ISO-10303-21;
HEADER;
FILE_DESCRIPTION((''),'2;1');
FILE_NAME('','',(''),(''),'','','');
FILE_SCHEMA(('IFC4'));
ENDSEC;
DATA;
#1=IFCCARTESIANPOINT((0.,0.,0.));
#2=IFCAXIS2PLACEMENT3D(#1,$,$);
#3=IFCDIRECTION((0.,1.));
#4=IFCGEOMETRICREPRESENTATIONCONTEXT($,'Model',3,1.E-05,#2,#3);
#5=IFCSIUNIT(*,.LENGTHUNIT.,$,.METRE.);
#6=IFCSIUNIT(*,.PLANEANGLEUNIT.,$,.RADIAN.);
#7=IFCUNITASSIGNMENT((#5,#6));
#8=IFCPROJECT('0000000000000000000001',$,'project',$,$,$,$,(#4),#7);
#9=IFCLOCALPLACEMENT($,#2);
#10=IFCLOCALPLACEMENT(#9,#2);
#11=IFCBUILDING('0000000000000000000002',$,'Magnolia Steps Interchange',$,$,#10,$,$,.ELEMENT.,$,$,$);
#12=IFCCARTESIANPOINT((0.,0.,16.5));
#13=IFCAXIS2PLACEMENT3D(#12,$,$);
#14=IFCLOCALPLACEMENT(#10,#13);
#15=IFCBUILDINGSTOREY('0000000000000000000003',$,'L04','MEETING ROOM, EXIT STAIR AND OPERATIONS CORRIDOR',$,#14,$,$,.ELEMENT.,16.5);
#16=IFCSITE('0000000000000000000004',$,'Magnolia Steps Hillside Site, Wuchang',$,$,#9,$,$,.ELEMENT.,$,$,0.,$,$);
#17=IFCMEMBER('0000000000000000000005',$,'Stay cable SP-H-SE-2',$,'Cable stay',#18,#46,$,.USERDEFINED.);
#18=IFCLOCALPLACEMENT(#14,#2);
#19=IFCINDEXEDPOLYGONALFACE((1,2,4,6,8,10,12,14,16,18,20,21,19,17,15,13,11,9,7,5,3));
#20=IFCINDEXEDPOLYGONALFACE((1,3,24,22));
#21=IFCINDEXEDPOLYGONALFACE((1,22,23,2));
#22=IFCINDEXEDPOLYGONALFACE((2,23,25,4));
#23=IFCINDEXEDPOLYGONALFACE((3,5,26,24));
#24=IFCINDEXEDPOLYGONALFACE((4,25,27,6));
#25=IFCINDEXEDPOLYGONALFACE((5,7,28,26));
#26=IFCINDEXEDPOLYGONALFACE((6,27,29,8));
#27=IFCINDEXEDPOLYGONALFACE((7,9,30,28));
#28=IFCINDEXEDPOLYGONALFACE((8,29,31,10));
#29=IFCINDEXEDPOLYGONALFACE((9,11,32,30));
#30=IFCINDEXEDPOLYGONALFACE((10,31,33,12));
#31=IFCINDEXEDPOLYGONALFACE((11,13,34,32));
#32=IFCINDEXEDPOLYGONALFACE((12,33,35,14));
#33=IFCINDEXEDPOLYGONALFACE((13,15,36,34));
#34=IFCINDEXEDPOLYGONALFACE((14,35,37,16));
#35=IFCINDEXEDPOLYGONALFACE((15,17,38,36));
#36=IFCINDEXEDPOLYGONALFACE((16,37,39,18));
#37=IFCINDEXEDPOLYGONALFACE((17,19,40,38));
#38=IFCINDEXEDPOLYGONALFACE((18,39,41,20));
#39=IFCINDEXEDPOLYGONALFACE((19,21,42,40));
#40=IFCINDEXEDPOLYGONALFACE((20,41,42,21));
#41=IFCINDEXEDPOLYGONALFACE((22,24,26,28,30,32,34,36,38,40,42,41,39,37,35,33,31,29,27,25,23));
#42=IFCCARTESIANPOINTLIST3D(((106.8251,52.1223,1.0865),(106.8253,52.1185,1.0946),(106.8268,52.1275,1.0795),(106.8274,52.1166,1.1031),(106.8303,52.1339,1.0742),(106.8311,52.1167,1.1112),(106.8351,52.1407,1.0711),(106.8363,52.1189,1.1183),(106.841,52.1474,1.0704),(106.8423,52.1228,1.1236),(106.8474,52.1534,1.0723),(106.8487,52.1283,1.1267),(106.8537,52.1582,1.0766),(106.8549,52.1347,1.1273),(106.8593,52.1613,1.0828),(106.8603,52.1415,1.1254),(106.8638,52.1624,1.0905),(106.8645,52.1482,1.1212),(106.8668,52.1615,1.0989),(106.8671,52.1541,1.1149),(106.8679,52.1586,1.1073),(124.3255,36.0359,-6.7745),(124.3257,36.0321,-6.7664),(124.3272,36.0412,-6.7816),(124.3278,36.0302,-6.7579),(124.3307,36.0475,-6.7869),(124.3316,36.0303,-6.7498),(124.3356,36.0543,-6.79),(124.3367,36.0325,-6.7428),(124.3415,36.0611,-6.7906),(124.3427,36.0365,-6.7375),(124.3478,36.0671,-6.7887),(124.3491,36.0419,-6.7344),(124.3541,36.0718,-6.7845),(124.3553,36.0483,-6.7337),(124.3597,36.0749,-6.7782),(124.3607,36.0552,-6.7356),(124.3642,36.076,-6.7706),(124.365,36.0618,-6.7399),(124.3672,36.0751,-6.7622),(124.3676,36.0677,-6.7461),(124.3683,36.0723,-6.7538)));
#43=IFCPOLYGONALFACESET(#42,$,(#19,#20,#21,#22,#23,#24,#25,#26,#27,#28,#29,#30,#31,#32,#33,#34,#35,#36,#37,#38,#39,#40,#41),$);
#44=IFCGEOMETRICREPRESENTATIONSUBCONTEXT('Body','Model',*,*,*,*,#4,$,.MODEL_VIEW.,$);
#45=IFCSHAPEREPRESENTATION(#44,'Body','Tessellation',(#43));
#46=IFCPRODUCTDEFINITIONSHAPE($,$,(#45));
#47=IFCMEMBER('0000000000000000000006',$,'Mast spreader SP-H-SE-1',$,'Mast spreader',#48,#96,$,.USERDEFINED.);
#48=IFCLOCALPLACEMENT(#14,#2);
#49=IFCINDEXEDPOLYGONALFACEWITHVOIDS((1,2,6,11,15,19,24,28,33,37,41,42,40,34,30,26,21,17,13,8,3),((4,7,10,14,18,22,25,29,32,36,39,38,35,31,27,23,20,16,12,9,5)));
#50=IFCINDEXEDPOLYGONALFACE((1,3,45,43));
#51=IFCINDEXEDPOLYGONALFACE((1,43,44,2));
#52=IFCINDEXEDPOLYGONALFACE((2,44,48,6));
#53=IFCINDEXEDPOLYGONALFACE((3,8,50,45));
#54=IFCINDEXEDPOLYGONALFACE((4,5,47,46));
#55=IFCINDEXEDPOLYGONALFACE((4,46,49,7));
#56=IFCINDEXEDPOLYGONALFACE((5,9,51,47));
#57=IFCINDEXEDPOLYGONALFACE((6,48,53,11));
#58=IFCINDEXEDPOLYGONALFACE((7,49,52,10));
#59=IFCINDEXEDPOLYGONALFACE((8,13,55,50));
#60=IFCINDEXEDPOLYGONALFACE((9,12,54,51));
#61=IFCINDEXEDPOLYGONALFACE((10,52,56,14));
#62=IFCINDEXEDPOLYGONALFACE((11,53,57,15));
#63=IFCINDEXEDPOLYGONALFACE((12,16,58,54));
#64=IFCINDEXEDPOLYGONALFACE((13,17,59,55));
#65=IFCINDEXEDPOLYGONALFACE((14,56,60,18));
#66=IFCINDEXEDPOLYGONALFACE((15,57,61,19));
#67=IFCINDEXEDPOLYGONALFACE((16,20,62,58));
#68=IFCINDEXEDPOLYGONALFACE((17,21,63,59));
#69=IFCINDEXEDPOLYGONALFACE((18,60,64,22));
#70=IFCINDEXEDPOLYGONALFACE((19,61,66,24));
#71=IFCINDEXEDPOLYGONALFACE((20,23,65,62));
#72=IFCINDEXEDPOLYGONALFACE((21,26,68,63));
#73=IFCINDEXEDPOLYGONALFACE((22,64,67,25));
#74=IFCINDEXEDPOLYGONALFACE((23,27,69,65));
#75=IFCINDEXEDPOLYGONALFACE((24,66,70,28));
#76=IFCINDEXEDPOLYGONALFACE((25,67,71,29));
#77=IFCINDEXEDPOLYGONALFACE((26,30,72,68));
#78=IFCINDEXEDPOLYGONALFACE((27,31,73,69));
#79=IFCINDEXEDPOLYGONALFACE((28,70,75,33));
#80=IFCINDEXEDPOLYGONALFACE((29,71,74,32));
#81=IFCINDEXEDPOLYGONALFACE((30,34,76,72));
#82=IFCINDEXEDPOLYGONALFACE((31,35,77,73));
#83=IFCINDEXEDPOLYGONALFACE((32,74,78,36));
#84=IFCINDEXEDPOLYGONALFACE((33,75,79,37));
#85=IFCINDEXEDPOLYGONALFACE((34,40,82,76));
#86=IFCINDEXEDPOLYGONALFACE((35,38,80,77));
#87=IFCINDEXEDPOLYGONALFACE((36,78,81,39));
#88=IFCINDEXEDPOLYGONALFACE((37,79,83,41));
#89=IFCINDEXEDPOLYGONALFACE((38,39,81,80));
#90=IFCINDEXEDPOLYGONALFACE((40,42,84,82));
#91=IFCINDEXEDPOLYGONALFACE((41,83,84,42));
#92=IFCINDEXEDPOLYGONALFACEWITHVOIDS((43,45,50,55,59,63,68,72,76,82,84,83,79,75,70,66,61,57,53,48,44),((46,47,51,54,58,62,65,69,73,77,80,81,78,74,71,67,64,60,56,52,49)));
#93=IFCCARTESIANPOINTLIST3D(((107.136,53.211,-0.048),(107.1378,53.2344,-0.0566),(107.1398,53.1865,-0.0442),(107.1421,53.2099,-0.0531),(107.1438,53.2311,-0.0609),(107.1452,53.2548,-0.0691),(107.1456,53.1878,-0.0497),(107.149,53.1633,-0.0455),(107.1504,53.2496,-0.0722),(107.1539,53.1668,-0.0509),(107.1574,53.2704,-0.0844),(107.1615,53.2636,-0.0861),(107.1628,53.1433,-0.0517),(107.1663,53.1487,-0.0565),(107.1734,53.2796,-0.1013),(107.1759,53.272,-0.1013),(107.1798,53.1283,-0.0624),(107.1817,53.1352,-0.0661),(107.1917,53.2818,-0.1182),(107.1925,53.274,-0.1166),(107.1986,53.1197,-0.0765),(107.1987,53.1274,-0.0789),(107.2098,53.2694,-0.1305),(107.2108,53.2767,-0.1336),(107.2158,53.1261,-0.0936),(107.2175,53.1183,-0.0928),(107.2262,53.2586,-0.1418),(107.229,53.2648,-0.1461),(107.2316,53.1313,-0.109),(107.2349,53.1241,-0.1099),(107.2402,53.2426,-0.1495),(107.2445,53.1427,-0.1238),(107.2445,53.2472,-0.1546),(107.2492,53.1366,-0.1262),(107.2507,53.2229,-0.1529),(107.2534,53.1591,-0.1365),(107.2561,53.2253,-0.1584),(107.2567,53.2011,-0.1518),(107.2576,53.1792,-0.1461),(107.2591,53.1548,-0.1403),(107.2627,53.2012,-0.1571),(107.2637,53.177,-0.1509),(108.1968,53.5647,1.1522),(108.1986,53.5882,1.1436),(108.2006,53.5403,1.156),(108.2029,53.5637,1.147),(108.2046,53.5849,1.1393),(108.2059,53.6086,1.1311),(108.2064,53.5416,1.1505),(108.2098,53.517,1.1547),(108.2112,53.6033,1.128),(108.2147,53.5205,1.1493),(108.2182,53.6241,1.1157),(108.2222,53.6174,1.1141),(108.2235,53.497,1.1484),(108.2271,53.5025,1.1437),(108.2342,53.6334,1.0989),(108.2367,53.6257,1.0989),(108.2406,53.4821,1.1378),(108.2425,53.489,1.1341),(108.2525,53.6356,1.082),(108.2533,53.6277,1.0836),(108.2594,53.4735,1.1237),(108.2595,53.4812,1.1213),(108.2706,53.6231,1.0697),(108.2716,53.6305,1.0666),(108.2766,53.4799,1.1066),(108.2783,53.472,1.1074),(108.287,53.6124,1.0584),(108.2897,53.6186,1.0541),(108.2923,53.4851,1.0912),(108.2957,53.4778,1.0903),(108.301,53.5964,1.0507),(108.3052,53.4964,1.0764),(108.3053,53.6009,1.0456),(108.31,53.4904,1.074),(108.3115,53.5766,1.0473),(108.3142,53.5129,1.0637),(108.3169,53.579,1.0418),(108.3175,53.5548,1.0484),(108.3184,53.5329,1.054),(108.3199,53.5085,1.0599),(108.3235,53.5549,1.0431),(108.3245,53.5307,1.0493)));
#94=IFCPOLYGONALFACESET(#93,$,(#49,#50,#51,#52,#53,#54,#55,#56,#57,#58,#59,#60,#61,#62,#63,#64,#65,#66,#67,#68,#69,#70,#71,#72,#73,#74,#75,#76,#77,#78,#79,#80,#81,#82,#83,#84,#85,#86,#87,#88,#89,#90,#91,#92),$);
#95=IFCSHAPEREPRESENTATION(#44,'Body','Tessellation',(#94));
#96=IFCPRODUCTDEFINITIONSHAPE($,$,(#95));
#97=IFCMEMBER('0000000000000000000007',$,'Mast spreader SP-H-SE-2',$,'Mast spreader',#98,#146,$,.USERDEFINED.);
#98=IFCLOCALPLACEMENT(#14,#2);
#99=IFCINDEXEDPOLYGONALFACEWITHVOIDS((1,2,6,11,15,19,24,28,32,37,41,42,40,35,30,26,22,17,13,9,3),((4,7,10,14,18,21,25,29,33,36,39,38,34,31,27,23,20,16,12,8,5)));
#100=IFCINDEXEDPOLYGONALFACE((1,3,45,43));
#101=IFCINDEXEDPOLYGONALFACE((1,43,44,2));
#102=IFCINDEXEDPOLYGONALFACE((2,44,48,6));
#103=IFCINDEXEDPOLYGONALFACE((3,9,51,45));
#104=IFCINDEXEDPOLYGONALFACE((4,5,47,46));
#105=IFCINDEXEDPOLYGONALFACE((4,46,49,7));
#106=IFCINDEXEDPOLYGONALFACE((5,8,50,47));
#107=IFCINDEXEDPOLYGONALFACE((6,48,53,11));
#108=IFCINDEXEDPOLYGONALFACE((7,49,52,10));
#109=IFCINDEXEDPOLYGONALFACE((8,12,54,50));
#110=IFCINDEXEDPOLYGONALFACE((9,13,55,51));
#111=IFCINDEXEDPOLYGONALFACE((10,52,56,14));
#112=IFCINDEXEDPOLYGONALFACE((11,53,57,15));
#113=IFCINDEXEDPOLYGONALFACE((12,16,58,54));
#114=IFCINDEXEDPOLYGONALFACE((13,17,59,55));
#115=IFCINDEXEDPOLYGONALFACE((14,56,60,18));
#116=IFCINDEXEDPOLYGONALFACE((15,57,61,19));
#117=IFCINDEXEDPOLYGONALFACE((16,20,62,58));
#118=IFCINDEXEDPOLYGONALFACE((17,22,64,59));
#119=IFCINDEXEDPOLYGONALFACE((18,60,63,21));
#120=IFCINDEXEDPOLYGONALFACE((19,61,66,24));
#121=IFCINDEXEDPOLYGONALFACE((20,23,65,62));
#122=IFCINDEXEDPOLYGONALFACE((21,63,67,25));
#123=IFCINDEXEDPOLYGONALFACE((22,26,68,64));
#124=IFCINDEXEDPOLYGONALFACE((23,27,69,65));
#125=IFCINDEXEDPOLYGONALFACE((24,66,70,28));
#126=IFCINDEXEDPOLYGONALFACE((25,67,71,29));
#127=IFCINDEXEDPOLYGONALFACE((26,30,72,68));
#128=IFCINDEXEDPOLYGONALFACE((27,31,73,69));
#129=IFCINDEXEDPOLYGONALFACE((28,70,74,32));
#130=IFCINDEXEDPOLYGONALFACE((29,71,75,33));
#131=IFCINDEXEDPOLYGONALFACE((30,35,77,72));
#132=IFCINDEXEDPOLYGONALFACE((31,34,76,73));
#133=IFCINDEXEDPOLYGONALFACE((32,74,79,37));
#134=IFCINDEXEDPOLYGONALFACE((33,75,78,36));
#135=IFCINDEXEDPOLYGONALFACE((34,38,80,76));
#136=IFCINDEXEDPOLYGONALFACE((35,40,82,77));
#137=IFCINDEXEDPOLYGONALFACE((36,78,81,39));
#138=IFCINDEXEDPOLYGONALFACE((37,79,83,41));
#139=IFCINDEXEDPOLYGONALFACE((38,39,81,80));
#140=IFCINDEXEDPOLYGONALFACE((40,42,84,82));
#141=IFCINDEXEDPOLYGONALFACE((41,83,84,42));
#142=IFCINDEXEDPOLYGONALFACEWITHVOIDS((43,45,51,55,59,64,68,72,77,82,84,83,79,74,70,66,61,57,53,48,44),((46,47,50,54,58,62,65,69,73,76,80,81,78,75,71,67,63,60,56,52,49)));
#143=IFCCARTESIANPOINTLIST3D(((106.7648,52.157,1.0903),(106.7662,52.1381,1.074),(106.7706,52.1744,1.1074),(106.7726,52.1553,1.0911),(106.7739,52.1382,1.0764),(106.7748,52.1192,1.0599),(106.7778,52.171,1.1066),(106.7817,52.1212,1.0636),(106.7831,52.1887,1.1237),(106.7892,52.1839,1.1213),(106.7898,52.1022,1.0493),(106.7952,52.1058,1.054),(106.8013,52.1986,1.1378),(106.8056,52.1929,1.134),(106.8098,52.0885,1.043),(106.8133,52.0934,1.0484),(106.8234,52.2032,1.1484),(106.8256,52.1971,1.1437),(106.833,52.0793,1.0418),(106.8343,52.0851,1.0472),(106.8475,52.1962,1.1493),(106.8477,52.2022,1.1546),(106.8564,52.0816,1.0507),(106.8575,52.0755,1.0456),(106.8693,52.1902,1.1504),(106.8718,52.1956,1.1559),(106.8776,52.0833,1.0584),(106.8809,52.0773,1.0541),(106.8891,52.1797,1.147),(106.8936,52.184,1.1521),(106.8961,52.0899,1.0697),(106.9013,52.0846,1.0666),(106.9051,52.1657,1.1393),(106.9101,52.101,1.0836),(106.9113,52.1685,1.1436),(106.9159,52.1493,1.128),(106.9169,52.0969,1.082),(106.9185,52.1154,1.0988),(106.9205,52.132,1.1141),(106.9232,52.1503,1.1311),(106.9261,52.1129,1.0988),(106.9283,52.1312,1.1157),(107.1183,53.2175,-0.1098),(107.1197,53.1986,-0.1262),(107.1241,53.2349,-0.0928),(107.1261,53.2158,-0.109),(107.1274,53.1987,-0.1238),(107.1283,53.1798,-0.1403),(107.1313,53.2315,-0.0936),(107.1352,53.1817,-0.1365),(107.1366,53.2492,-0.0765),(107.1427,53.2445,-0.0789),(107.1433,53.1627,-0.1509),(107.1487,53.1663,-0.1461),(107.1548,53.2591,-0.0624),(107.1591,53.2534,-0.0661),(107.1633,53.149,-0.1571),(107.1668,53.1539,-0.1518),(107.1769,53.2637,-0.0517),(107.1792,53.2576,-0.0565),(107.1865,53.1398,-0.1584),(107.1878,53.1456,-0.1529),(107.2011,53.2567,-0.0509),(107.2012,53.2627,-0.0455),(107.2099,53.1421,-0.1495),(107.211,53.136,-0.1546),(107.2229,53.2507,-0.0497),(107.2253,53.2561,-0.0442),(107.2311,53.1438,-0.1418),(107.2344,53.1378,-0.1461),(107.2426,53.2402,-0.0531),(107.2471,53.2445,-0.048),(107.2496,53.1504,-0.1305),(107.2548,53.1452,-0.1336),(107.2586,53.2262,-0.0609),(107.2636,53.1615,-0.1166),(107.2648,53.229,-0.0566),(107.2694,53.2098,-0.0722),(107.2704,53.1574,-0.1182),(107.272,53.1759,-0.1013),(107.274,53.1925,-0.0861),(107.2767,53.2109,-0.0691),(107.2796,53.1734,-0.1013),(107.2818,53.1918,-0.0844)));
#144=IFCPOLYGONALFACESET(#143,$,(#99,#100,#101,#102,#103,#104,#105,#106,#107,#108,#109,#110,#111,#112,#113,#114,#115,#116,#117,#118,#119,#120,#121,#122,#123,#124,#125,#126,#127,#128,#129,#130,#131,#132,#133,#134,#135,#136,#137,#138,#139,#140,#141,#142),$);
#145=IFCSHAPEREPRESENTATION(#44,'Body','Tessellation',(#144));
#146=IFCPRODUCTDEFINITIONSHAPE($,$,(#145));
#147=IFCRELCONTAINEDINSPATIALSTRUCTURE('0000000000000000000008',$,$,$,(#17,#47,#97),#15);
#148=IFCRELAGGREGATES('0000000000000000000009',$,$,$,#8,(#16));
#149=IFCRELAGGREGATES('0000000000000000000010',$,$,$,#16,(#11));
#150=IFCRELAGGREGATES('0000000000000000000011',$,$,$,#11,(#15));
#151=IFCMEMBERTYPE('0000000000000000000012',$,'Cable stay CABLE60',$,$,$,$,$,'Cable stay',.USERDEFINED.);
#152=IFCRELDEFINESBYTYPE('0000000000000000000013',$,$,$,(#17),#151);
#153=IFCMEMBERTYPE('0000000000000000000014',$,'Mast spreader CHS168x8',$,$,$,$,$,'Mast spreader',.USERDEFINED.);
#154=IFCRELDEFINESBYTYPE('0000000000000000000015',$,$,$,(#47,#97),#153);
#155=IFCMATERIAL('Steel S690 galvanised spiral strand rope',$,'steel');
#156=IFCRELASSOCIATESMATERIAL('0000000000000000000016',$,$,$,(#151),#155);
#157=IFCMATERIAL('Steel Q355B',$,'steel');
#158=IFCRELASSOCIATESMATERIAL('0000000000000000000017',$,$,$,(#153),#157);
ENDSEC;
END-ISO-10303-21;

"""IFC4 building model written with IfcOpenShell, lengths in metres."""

from ifc_helpers import new_model, si_unit, direction, frame, origin, origin_2d, place, context, subcontext, project, spatial, circle, hollow_circle, extrude, material, material_profile, profile_set, type_object, element, save


model = new_model("IFC4")

# Units and contexts
model_context = context("Model", 3, precision=1e-05, world=origin(), true_north=direction((0.0, 1.0)))
body_context = subcontext(model_context, "Body", "Model", "MODEL_VIEW")
ifc_project = project(units=[si_unit("LENGTHUNIT", "METRE"), si_unit("PLANEANGLEUNIT", "RADIAN")], contexts=[model_context])

# Site, building, storey
site_placement = place(None, origin())
site = spatial("IfcSite", under=ifc_project, at=site_placement, Name="Magnolia Steps Hillside Site, Wuchang", CompositionType="ELEMENT", RefElevation=0.0)
building_placement = place(site_placement, origin())
building = spatial("IfcBuilding", under=site, at=building_placement, Name="Magnolia Steps Interchange", CompositionType="ELEMENT")
storey_placement = place(building_placement, frame((0.0, 0.0, 16.5)))
storey = spatial("IfcBuildingStorey", under=building, at=storey_placement, Name="L04", Description="MEETING ROOM, EXIT STAIR AND OPERATIONS CORRIDOR", CompositionType="ELEMENT", Elevation=16.5)

# Members
ifc_material_1 = material(Name="Steel S690 galvanised spiral strand rope", Category="steel")
ifc_material_profile_1 = material_profile(ifc_material_1, circle(Radius=0.03, at=origin_2d()), Name="CABLE60")
ifc_profile_set_1 = profile_set([ifc_material_profile_1], Name="Steel S690 galvanised spiral strand rope")
member_type_1 = type_object("IfcMemberType", Name="Cable stay CABLE60", ElementType="Cable stay", PredefinedType="USERDEFINED", material=ifc_profile_set_1)
member_1_placement = place(storey_placement, frame((106.8464, 52.1394, 1.0989), z_axis=(0.698993, -0.642514, -0.313982), x_axis=(0.676737, 0.736225, 0.0)))
element("IfcMember", 1, at=member_1_placement, inside=storey, type_object=member_type_1, Name="Stay cable SP-H-SE-2", ObjectType="Cable stay", PredefinedType="USERDEFINED", context=body_context, shape_type="SweptSolid", body=[
    extrude(circle(Radius=0.03, at=origin_2d()), origin(), (0.0, 0.0, 1.0), 25.0366),
])
ifc_material_2 = material(Name="Steel Q355B", Category="steel")
ifc_material_profile_2 = material_profile(ifc_material_2, hollow_circle(Radius=0.084, WallThickness=0.0081, at=origin_2d()), Name="CHS168x8")
ifc_profile_set_2 = profile_set([ifc_material_profile_2], Name="Steel Q355B")
member_type_2 = type_object("IfcMemberType", Name="Mast spreader CHS168x8", ElementType="Mast spreader", PredefinedType="USERDEFINED", material=ifc_profile_set_2)
member_2_placement = place(storey_placement, frame((107.2, 53.2, -0.1013), z_axis=(0.646668, 0.215655, 0.731651), x_axis=(-0.316359, 0.94864, 0.0)))
element("IfcMember", 2, at=member_2_placement, inside=storey, type_object=member_type_2, Name="Mast spreader SP-H-SE-1", ObjectType="Mast spreader", PredefinedType="USERDEFINED", context=body_context, shape_type="SweptSolid", body=[
    extrude(hollow_circle(Radius=0.084, WallThickness=0.0081, at=origin_2d()), origin(), (0.0, 0.0, 1.0), 1.6404),
])
member_3_placement = place(storey_placement, frame((107.2, 53.2, -0.1013), z_axis=(-0.215534, -0.646603, 0.731745), x_axis=(0.948683, -0.316228, 0.0)))
element("IfcMember", 3, at=member_3_placement, inside=storey, type_object=member_type_2, Name="Mast spreader SP-H-SE-2", ObjectType="Mast spreader", PredefinedType="USERDEFINED", context=body_context, shape_type="SweptSolid", body=[
    extrude(hollow_circle(Radius=0.084, WallThickness=0.0081, at=origin_2d()), origin(), (0.0, 0.0, 1.0), 1.6401),
])

save(model, "model.ifc")
